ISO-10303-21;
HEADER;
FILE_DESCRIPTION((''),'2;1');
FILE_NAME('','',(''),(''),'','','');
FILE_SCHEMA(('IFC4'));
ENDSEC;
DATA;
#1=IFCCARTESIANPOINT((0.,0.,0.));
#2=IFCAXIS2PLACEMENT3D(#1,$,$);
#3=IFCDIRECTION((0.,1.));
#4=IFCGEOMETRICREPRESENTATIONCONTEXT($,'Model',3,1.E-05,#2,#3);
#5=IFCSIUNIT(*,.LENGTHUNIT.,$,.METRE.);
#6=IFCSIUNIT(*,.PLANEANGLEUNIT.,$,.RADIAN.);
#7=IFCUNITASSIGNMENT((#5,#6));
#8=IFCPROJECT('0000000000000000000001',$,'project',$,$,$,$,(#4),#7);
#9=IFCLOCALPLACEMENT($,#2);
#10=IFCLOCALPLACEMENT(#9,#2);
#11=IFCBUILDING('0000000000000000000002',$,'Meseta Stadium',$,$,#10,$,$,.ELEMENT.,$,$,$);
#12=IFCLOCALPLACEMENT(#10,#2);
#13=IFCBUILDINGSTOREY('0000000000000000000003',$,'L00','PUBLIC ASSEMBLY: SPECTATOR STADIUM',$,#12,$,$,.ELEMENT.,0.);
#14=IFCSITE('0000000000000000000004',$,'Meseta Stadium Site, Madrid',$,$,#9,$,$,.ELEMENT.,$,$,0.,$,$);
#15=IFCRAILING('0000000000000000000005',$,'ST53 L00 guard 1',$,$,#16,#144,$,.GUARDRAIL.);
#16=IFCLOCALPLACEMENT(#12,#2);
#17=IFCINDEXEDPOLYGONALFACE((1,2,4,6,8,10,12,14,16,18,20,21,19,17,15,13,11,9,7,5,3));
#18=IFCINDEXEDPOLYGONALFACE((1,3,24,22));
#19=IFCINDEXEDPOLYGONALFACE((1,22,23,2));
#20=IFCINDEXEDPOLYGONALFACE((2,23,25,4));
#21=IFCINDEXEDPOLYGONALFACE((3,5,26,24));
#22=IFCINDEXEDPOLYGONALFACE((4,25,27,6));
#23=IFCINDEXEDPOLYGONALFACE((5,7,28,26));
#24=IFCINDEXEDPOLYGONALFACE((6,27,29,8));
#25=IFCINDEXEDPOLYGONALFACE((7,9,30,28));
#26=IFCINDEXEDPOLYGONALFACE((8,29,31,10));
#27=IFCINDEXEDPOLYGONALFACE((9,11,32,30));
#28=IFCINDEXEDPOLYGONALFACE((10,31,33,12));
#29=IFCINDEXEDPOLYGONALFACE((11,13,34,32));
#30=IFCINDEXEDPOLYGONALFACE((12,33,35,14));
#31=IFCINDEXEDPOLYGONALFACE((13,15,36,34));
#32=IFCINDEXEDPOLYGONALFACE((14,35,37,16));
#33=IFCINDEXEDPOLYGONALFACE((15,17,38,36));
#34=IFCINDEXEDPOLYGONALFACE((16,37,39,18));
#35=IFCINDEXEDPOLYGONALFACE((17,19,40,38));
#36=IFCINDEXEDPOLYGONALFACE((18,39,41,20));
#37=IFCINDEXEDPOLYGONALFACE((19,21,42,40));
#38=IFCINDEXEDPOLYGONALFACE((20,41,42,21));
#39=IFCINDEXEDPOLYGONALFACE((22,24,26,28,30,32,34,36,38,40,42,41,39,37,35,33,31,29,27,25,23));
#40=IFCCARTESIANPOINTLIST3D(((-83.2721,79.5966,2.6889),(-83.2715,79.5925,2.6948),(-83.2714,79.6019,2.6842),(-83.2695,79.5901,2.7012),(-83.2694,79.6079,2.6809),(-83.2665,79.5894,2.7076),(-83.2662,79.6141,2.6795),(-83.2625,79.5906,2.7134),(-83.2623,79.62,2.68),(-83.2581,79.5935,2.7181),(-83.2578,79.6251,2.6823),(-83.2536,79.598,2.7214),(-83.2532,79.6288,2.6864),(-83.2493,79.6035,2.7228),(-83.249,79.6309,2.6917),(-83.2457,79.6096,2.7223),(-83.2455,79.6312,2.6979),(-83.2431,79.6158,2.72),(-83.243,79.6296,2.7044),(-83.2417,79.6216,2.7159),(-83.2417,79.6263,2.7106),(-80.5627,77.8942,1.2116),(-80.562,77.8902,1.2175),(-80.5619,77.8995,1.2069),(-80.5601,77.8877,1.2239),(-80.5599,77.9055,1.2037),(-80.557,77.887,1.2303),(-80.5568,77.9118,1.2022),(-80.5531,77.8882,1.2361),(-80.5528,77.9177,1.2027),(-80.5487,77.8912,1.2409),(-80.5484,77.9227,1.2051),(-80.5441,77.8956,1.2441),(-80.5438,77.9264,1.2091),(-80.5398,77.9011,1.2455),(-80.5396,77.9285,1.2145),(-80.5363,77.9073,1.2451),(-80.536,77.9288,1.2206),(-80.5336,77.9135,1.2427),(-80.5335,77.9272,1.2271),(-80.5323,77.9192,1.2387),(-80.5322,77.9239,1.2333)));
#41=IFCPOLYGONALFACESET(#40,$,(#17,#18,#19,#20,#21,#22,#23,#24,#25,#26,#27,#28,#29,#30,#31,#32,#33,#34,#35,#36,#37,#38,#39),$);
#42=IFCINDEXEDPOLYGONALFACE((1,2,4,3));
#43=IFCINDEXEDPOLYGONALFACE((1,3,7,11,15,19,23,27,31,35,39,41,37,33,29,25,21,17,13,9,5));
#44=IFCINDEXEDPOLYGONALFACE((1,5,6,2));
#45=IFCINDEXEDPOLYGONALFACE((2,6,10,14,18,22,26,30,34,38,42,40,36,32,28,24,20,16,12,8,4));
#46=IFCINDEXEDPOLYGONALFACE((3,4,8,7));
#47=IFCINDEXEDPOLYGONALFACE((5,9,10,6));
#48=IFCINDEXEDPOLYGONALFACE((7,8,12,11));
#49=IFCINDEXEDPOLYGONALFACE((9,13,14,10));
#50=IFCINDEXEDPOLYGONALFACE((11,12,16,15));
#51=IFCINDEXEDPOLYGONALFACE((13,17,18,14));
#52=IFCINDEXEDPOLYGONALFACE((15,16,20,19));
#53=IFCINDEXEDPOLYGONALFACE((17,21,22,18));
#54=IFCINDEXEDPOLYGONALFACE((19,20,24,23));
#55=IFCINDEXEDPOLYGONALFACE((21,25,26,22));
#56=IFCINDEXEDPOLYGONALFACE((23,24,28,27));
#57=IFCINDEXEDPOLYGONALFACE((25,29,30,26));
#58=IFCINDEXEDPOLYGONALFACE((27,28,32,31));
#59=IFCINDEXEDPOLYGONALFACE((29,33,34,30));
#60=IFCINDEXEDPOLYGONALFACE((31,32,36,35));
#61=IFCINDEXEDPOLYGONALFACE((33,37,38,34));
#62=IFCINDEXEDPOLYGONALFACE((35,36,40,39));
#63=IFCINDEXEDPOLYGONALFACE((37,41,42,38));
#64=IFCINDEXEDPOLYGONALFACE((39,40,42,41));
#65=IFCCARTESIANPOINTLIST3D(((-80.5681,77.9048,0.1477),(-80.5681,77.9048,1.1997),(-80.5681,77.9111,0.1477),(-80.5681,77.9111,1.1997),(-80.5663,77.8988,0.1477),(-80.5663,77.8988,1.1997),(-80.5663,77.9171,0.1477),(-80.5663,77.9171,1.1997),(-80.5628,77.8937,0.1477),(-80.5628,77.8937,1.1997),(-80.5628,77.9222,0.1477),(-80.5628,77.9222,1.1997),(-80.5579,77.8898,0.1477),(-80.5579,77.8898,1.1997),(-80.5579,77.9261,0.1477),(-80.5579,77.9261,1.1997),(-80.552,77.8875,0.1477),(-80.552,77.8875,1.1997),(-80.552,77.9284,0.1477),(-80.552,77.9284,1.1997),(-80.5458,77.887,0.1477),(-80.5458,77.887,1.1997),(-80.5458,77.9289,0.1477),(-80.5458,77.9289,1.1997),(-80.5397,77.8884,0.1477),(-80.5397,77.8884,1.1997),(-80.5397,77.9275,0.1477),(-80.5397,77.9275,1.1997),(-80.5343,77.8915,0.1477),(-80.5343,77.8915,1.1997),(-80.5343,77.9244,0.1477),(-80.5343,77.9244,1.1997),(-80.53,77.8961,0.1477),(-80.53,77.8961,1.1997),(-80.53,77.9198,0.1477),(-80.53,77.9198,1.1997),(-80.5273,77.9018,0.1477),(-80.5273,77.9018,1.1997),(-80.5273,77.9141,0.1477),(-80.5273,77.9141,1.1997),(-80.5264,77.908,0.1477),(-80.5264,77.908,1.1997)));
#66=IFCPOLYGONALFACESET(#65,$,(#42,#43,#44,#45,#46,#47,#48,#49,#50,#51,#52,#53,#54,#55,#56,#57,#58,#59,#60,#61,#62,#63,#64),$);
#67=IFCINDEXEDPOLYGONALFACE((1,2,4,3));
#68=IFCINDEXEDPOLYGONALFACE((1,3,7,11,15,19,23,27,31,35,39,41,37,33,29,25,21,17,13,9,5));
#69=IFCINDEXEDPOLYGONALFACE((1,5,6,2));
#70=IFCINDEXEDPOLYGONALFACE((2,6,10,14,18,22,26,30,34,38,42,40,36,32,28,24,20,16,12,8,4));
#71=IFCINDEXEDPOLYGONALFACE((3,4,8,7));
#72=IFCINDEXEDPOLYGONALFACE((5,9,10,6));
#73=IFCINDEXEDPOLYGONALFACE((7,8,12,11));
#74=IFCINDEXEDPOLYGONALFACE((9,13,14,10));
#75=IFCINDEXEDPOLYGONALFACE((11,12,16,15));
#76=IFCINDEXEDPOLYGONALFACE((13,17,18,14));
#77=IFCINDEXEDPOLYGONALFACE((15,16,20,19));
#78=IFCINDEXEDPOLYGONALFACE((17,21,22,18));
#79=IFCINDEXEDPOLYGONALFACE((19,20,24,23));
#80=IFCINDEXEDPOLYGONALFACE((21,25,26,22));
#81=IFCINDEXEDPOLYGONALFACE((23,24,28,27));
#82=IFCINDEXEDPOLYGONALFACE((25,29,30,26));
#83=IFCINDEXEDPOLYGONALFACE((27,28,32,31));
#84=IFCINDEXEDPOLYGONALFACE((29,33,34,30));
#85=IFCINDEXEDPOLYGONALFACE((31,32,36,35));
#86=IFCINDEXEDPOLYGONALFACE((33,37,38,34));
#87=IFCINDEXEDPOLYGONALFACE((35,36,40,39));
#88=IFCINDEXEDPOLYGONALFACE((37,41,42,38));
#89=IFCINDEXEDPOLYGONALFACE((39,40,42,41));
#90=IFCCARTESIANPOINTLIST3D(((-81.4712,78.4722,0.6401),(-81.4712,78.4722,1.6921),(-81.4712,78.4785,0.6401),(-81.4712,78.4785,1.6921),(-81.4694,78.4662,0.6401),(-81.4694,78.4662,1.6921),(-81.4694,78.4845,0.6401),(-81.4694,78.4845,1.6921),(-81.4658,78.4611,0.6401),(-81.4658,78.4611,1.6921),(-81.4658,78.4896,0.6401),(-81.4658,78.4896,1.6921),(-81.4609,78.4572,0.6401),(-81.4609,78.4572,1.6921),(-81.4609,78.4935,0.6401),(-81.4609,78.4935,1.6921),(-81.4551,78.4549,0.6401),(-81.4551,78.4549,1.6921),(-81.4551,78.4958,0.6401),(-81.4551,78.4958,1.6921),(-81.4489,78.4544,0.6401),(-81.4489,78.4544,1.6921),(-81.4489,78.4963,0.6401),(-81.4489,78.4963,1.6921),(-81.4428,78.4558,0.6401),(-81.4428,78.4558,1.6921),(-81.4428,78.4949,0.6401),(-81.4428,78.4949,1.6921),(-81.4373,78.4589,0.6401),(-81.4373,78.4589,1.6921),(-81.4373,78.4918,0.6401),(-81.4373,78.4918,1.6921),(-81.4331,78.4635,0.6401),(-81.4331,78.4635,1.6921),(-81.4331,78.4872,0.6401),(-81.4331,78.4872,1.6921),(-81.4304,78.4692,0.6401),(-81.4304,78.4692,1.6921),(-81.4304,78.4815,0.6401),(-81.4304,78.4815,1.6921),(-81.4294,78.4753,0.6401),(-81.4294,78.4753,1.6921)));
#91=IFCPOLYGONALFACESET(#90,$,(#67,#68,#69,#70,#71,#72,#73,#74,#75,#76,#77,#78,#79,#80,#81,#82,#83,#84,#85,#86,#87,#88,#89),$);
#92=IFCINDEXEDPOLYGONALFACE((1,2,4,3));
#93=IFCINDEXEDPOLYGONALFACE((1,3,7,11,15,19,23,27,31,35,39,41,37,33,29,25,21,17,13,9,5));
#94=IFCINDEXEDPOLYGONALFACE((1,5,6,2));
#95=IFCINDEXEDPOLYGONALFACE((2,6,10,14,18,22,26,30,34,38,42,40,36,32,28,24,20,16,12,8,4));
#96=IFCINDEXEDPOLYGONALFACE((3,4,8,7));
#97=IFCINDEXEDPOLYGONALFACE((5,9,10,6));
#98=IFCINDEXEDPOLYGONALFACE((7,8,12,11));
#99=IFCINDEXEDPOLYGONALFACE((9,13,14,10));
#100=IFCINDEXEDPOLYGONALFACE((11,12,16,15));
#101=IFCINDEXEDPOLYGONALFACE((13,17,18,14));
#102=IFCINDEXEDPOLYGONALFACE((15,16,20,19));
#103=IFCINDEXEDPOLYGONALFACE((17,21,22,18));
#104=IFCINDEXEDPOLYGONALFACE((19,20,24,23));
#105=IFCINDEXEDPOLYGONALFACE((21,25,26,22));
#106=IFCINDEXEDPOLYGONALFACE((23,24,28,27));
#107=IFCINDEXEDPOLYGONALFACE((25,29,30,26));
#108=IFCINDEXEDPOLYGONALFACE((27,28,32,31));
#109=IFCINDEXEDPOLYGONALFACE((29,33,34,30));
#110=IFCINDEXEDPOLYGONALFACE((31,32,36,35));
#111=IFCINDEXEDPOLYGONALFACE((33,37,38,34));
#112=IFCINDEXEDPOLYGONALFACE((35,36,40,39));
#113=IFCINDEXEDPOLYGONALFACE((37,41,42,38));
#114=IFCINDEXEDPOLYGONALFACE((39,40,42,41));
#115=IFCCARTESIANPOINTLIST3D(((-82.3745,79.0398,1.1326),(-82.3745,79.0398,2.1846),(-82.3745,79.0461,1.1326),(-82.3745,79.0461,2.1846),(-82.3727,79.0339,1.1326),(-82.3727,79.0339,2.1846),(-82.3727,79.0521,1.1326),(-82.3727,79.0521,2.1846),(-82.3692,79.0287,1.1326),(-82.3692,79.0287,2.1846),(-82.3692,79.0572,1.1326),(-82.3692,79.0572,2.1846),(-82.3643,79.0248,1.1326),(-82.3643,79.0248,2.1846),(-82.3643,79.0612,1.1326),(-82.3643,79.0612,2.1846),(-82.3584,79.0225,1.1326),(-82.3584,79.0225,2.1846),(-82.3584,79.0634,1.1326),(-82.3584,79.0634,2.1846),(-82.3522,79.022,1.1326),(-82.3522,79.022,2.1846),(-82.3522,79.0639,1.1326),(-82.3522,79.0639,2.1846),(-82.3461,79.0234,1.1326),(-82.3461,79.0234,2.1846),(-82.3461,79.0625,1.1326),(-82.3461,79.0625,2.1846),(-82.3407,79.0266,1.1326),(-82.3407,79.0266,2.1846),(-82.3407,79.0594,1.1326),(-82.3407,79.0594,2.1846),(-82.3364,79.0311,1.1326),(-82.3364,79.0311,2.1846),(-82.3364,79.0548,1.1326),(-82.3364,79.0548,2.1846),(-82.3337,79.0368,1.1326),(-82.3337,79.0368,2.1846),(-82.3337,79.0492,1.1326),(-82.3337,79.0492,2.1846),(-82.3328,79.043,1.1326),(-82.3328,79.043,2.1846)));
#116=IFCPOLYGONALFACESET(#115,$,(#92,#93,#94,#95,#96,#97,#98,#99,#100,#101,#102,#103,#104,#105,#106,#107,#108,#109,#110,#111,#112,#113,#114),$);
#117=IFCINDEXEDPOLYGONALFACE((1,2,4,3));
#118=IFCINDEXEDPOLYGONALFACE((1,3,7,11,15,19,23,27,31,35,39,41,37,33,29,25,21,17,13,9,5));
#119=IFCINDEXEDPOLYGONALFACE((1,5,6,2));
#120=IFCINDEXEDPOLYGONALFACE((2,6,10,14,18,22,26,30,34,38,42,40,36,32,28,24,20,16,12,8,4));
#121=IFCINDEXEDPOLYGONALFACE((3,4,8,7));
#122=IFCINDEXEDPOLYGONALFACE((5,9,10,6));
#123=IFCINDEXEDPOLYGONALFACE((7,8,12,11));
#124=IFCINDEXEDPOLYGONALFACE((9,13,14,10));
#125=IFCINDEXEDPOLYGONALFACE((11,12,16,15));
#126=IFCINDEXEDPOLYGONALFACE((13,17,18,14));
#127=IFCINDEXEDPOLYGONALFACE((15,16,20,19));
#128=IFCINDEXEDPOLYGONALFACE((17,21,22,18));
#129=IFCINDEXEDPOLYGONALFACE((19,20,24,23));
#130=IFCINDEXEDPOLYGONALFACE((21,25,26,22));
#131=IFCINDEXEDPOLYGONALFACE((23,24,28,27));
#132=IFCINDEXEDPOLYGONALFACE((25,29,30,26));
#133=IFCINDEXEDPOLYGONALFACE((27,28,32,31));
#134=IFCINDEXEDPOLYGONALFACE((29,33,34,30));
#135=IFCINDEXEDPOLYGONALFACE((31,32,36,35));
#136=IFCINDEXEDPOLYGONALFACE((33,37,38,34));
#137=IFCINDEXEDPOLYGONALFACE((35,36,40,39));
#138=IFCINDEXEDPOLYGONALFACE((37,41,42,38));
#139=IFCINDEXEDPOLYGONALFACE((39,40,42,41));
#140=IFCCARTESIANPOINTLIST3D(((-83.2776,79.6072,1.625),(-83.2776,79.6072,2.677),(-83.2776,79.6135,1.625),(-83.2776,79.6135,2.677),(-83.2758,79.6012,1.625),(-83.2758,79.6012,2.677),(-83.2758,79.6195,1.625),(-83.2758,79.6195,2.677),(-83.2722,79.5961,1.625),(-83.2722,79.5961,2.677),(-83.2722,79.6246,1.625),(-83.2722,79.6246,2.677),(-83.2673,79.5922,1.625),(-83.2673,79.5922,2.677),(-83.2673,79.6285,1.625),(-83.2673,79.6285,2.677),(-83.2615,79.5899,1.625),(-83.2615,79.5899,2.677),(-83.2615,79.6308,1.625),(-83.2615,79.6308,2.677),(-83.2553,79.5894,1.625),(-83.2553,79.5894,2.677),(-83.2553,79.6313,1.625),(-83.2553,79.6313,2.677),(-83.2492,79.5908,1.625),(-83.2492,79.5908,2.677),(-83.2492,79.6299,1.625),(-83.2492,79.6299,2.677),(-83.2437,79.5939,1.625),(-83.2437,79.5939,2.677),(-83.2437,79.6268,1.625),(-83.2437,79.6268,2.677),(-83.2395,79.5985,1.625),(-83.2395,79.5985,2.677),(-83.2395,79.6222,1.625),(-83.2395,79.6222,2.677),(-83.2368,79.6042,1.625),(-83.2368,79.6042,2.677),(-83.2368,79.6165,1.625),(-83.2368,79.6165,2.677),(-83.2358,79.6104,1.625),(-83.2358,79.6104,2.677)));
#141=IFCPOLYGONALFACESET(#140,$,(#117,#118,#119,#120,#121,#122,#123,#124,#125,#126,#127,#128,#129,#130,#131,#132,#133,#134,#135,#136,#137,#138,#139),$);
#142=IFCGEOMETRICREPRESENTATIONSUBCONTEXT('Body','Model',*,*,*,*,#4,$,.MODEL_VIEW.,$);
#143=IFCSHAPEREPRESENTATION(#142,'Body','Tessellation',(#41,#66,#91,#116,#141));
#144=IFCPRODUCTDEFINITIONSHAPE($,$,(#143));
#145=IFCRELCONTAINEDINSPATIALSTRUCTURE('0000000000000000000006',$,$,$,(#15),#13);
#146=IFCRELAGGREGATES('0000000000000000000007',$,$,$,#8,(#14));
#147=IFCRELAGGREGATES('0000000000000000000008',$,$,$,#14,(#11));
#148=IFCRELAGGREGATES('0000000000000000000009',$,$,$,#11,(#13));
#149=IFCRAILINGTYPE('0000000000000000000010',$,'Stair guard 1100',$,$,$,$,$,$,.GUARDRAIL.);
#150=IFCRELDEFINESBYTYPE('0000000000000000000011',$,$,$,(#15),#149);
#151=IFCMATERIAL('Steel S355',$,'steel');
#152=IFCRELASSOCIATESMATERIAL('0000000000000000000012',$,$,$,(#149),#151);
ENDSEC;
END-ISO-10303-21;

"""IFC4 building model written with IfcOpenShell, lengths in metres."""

from ifc_helpers import new_model, si_unit, direction, frame, origin, origin_2d, place, context, subcontext, project, spatial, circle, extrude, material, type_object, element, save


model = new_model("IFC4")

# Units and contexts
model_context = context("Model", 3, precision=1e-05, world=origin(), true_north=direction((0.0, 1.0)))
body_context = subcontext(model_context, "Body", "Model", "MODEL_VIEW")
ifc_project = project(units=[si_unit("LENGTHUNIT", "METRE"), si_unit("PLANEANGLEUNIT", "RADIAN")], contexts=[model_context])

# Site, building, storey
site_placement = place(None, origin())
site = spatial("IfcSite", under=ifc_project, at=site_placement, Name="Meseta Stadium Site, Madrid", CompositionType="ELEMENT", RefElevation=0.0)
building_placement = place(site_placement, origin())
building = spatial("IfcBuilding", under=site, at=building_placement, Name="Meseta Stadium", CompositionType="ELEMENT")
storey_placement = place(building_placement, origin())
storey = spatial("IfcBuildingStorey", under=building, at=storey_placement, Name="L00", Description="PUBLIC ASSEMBLY: SPECTATOR STADIUM", CompositionType="ELEMENT", Elevation=0.0)

# Railing
ifc_material_1 = material(Name="Steel S355", Category="steel")
railing_type_1 = type_object("IfcRailingType", Name="Stair guard 1100", PredefinedType="GUARDRAIL", material=ifc_material_1)
railing_1_placement = place(storey_placement, frame((-80.5474, 77.908, 0.1477)))
element("IfcRailing", 1, at=railing_1_placement, inside=storey, type_object=railing_type_1, Name="ST53 L00 guard 1", PredefinedType="GUARDRAIL", context=body_context, shape_type="SweptSolid", body=[
    extrude(circle(Radius=0.0239, at=origin_2d()), frame((0.0, 0.0, 1.0762), z_axis=(-0.768764, 0.483023, 0.419156), x_axis=(-0.532014, -0.846736, 0.0)), (0.0, 0.0, 1.0), 3.5244),
    extrude(circle(Radius=0.021, at=origin_2d()), origin(), (0.0, 0.0, 1.0), 1.052),
    extrude(circle(Radius=0.021, at=origin_2d()), frame((-0.9031, 0.5674, 0.4924)), (0.0, 0.0, 1.0), 1.052),
    extrude(circle(Radius=0.021, at=origin_2d()), frame((-1.8064, 1.135, 0.9849)), (0.0, 0.0, 1.0), 1.052),
    extrude(circle(Radius=0.021, at=origin_2d()), frame((-2.7095, 1.7024, 1.4773)), (0.0, 0.0, 1.0), 1.052),
])

save(model, "model.ifc")
